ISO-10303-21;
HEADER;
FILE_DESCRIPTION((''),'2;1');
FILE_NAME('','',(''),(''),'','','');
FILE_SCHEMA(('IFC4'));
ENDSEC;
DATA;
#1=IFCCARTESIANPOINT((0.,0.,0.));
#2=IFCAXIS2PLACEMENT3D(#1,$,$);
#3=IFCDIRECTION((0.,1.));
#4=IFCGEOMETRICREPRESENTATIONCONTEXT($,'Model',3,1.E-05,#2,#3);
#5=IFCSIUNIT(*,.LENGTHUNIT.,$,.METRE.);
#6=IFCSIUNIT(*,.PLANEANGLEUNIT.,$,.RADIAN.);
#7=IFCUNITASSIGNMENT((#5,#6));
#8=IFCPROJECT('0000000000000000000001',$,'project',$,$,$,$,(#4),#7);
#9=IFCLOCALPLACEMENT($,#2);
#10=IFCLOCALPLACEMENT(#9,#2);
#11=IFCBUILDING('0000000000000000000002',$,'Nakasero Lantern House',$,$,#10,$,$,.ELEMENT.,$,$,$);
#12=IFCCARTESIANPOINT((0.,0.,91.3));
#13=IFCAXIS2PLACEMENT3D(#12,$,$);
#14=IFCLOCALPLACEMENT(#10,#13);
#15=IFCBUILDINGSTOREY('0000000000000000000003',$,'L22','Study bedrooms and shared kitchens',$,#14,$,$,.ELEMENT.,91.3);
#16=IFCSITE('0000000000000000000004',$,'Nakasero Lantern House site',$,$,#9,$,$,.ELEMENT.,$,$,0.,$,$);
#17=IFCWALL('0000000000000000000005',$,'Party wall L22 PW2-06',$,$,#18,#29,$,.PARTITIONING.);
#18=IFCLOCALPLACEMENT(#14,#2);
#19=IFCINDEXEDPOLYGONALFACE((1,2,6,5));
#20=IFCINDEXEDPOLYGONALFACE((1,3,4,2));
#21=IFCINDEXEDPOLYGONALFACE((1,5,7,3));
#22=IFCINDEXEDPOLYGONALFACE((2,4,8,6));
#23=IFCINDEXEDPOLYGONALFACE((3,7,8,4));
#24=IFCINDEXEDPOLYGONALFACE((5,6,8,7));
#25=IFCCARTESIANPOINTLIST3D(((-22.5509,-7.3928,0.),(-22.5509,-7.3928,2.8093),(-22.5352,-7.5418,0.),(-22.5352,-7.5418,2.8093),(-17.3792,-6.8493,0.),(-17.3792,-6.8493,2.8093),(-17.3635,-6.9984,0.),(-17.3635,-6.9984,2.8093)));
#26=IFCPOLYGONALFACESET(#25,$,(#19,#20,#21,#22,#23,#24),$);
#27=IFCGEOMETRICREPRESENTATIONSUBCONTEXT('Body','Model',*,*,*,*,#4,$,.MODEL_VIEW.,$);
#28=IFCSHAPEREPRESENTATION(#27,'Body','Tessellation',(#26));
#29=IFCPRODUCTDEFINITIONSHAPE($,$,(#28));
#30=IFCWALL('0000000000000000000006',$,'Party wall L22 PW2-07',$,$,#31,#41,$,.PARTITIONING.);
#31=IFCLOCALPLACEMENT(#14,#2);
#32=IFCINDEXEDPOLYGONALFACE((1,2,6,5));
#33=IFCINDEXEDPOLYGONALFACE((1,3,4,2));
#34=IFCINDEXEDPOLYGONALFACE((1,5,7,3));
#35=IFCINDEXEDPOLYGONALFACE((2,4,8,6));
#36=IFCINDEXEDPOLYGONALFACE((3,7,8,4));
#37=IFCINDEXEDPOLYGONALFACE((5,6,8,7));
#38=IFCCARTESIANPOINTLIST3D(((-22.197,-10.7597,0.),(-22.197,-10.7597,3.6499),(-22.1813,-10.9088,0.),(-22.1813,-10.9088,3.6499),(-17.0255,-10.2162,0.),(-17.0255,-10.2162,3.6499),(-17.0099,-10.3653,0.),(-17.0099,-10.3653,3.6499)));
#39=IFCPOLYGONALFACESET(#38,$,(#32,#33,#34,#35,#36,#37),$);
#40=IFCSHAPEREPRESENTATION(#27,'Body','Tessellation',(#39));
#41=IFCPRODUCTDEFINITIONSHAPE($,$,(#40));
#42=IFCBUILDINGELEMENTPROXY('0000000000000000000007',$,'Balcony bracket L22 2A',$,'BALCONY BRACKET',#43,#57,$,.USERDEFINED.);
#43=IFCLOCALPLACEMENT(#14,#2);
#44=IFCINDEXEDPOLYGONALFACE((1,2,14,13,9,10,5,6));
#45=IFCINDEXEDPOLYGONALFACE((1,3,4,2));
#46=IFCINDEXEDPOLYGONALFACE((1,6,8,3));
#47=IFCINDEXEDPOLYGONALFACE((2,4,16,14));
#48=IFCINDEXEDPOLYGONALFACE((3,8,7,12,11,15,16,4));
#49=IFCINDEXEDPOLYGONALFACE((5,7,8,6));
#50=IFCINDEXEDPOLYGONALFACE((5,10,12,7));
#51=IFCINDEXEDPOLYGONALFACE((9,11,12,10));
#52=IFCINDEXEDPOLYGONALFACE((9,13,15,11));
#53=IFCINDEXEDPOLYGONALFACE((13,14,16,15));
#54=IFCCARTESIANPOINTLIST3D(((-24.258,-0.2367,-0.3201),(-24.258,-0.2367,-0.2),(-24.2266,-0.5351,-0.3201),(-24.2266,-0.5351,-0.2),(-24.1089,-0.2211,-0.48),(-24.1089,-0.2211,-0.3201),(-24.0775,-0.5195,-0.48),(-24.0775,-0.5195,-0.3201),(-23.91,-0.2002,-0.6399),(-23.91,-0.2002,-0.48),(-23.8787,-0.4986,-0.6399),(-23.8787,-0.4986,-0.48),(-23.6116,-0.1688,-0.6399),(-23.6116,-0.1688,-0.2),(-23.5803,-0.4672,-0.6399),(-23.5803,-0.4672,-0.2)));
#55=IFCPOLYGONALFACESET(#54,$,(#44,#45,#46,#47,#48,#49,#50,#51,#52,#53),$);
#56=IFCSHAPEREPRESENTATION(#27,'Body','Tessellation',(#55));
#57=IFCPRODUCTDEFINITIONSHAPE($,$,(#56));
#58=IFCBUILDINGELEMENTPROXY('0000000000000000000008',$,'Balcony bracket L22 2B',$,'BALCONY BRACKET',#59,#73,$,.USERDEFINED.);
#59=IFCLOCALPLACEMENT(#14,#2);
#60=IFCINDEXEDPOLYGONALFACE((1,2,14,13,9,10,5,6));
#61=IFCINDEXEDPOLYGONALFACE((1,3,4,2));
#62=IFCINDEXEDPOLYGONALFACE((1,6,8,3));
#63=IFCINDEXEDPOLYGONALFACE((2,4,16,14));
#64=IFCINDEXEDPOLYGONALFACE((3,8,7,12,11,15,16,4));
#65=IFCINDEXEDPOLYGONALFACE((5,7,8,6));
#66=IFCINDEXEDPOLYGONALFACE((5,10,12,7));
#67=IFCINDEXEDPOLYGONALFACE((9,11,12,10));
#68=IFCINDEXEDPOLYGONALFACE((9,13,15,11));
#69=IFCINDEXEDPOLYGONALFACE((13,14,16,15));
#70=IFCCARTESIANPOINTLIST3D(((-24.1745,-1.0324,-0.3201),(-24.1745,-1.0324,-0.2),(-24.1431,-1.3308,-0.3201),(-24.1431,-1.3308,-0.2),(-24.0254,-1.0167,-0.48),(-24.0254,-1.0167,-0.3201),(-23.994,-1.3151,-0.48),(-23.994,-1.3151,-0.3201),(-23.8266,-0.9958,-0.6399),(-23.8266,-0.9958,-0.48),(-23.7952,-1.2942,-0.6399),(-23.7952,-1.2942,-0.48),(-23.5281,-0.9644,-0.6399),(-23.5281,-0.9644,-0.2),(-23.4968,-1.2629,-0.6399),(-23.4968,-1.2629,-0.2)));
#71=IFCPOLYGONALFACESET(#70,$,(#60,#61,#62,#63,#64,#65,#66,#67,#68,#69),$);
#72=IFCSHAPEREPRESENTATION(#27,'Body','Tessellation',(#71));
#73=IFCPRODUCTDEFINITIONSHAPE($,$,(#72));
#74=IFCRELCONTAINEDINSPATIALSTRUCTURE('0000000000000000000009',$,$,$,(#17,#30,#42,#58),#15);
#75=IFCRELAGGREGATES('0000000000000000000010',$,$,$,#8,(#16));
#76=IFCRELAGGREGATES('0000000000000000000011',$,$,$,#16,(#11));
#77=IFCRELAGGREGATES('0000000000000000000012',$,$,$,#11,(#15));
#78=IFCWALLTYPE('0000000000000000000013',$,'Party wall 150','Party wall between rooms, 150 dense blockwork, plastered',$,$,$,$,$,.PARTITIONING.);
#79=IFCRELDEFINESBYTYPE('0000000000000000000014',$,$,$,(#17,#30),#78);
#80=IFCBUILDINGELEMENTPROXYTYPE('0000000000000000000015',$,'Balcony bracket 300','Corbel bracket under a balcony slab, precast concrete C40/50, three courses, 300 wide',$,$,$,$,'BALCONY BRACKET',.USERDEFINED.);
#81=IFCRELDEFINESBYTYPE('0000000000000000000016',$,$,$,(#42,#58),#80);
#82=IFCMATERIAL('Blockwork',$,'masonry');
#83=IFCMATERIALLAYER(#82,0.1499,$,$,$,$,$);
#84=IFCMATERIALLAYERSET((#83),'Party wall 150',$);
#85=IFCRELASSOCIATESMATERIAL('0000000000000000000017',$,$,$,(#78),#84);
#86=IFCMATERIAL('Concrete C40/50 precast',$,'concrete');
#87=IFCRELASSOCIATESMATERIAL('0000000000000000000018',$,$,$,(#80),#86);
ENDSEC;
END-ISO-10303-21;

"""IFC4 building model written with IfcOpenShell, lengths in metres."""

from ifc_helpers import new_model, si_unit, direction, frame, frame_2d, origin, place, context, subcontext, project, spatial, polyline, rectangle, outline, extrude, material, layer, layer_set, type_object, element, save


model = new_model("IFC4")

# Units and contexts
model_context = context("Model", 3, precision=1e-05, world=origin(), true_north=direction((0.0, 1.0)))
body_context = subcontext(model_context, "Body", "Model", "MODEL_VIEW")
ifc_project = project(units=[si_unit("LENGTHUNIT", "METRE"), si_unit("PLANEANGLEUNIT", "RADIAN")], contexts=[model_context])

# Site, building, storey
site_placement = place(None, origin())
site = spatial("IfcSite", under=ifc_project, at=site_placement, Name="Nakasero Lantern House site", CompositionType="ELEMENT", RefElevation=0.0)
building_placement = place(site_placement, origin())
building = spatial("IfcBuilding", under=site, at=building_placement, Name="Nakasero Lantern House", CompositionType="ELEMENT")
storey_placement = place(building_placement, frame((0.0, 0.0, 91.3)))
storey = spatial("IfcBuildingStorey", under=building, at=storey_placement, Name="L22", Description="Study bedrooms and shared kitchens", CompositionType="ELEMENT", Elevation=91.3)

# Walls
ifc_material_1 = material(Name="Blockwork", Category="masonry")
ifc_layer_1 = layer(ifc_material_1, 0.1499)
ifc_layer_set_1 = layer_set([ifc_layer_1], Name="Party wall 150")
wall_type_1 = type_object("IfcWallType", Name="Party wall 150", Description="Party wall between rooms, 150 dense blockwork, plastered", PredefinedType="PARTITIONING", material=ifc_layer_set_1)
wall_1_placement = place(storey_placement, frame((-17.3713, -6.9238, 0.0), z_axis=(0.0, 0.0, 1.0), x_axis=(-0.994524, -0.104509, 0.0)))
element("IfcWall", 1, at=wall_1_placement, inside=storey, type_object=wall_type_1, Name="Party wall L22 PW2-06", PredefinedType="PARTITIONING", context=body_context, shape_type="SweptSolid", body=[
    extrude(rectangle(XDim=5.2002, YDim=0.1499, at=frame_2d((2.6001, 0.0))), origin(), (0.0, 0.0, 1.0), 2.8093),
])
wall_2_placement = place(storey_placement, frame((-17.0176, -10.2908, 0.0), z_axis=(0.0, 0.0, 1.0), x_axis=(-0.994523, -0.104514, 0.0)))
element("IfcWall", 2, at=wall_2_placement, inside=storey, type_object=wall_type_1, Name="Party wall L22 PW2-07", PredefinedType="PARTITIONING", context=body_context, shape_type="SweptSolid", body=[
    extrude(rectangle(XDim=5.2, YDim=0.1499, at=frame_2d((2.6001, 0.0))), origin(), (0.0, 0.0, 1.0), 3.6499),
])

# Building element proxies
ifc_material_2 = material(Name="Concrete C40/50 precast", Category="concrete")
building_element_proxy_type = type_object("IfcBuildingElementProxyType", Name="Balcony bracket 300", Description="Corbel bracket under a balcony slab, precast concrete C40/50, three courses, 300 wide", ElementType="BALCONY BRACKET", PredefinedType="USERDEFINED", material=ifc_material_2)
for number, where, z_axis, x_axis, name in (
    (3, (-23.5959, -0.3181, -0.2), (0.0, 0.0, 1.0), (-0.994522, -0.104528, 0.0), "Balcony bracket L22 2A"),
    (4, (-23.5125, -1.1138, -0.2), (0.0, 0.0, 1.0), (-0.994522, -0.104528, 0.0), "Balcony bracket L22 2B"),
):
    element("IfcBuildingElementProxy", number, at=place(storey_placement, frame(where, z_axis=z_axis, x_axis=x_axis)), inside=storey, type_object=building_element_proxy_type, Name=name, ObjectType="BALCONY BRACKET", PredefinedType="USERDEFINED", context=body_context, shape_type="SweptSolid", body=[
        extrude(outline(polyline([(0.0, 0.0), (0.6499, 0.0), (0.6499, -0.1201), (0.5, -0.1201), (0.5, -0.28), (0.3, -0.28), (0.3, -0.4399), (0.0, -0.4399), (0.0, 0.0)])), frame((0.0, 0.1499, 0.0), z_axis=(0.0, -1.0, 0.0), x_axis=(1.0, 0.0, 0.0)), (0.0, 0.0, 1.0), 0.3),
    ])

save(model, "model.ifc")
